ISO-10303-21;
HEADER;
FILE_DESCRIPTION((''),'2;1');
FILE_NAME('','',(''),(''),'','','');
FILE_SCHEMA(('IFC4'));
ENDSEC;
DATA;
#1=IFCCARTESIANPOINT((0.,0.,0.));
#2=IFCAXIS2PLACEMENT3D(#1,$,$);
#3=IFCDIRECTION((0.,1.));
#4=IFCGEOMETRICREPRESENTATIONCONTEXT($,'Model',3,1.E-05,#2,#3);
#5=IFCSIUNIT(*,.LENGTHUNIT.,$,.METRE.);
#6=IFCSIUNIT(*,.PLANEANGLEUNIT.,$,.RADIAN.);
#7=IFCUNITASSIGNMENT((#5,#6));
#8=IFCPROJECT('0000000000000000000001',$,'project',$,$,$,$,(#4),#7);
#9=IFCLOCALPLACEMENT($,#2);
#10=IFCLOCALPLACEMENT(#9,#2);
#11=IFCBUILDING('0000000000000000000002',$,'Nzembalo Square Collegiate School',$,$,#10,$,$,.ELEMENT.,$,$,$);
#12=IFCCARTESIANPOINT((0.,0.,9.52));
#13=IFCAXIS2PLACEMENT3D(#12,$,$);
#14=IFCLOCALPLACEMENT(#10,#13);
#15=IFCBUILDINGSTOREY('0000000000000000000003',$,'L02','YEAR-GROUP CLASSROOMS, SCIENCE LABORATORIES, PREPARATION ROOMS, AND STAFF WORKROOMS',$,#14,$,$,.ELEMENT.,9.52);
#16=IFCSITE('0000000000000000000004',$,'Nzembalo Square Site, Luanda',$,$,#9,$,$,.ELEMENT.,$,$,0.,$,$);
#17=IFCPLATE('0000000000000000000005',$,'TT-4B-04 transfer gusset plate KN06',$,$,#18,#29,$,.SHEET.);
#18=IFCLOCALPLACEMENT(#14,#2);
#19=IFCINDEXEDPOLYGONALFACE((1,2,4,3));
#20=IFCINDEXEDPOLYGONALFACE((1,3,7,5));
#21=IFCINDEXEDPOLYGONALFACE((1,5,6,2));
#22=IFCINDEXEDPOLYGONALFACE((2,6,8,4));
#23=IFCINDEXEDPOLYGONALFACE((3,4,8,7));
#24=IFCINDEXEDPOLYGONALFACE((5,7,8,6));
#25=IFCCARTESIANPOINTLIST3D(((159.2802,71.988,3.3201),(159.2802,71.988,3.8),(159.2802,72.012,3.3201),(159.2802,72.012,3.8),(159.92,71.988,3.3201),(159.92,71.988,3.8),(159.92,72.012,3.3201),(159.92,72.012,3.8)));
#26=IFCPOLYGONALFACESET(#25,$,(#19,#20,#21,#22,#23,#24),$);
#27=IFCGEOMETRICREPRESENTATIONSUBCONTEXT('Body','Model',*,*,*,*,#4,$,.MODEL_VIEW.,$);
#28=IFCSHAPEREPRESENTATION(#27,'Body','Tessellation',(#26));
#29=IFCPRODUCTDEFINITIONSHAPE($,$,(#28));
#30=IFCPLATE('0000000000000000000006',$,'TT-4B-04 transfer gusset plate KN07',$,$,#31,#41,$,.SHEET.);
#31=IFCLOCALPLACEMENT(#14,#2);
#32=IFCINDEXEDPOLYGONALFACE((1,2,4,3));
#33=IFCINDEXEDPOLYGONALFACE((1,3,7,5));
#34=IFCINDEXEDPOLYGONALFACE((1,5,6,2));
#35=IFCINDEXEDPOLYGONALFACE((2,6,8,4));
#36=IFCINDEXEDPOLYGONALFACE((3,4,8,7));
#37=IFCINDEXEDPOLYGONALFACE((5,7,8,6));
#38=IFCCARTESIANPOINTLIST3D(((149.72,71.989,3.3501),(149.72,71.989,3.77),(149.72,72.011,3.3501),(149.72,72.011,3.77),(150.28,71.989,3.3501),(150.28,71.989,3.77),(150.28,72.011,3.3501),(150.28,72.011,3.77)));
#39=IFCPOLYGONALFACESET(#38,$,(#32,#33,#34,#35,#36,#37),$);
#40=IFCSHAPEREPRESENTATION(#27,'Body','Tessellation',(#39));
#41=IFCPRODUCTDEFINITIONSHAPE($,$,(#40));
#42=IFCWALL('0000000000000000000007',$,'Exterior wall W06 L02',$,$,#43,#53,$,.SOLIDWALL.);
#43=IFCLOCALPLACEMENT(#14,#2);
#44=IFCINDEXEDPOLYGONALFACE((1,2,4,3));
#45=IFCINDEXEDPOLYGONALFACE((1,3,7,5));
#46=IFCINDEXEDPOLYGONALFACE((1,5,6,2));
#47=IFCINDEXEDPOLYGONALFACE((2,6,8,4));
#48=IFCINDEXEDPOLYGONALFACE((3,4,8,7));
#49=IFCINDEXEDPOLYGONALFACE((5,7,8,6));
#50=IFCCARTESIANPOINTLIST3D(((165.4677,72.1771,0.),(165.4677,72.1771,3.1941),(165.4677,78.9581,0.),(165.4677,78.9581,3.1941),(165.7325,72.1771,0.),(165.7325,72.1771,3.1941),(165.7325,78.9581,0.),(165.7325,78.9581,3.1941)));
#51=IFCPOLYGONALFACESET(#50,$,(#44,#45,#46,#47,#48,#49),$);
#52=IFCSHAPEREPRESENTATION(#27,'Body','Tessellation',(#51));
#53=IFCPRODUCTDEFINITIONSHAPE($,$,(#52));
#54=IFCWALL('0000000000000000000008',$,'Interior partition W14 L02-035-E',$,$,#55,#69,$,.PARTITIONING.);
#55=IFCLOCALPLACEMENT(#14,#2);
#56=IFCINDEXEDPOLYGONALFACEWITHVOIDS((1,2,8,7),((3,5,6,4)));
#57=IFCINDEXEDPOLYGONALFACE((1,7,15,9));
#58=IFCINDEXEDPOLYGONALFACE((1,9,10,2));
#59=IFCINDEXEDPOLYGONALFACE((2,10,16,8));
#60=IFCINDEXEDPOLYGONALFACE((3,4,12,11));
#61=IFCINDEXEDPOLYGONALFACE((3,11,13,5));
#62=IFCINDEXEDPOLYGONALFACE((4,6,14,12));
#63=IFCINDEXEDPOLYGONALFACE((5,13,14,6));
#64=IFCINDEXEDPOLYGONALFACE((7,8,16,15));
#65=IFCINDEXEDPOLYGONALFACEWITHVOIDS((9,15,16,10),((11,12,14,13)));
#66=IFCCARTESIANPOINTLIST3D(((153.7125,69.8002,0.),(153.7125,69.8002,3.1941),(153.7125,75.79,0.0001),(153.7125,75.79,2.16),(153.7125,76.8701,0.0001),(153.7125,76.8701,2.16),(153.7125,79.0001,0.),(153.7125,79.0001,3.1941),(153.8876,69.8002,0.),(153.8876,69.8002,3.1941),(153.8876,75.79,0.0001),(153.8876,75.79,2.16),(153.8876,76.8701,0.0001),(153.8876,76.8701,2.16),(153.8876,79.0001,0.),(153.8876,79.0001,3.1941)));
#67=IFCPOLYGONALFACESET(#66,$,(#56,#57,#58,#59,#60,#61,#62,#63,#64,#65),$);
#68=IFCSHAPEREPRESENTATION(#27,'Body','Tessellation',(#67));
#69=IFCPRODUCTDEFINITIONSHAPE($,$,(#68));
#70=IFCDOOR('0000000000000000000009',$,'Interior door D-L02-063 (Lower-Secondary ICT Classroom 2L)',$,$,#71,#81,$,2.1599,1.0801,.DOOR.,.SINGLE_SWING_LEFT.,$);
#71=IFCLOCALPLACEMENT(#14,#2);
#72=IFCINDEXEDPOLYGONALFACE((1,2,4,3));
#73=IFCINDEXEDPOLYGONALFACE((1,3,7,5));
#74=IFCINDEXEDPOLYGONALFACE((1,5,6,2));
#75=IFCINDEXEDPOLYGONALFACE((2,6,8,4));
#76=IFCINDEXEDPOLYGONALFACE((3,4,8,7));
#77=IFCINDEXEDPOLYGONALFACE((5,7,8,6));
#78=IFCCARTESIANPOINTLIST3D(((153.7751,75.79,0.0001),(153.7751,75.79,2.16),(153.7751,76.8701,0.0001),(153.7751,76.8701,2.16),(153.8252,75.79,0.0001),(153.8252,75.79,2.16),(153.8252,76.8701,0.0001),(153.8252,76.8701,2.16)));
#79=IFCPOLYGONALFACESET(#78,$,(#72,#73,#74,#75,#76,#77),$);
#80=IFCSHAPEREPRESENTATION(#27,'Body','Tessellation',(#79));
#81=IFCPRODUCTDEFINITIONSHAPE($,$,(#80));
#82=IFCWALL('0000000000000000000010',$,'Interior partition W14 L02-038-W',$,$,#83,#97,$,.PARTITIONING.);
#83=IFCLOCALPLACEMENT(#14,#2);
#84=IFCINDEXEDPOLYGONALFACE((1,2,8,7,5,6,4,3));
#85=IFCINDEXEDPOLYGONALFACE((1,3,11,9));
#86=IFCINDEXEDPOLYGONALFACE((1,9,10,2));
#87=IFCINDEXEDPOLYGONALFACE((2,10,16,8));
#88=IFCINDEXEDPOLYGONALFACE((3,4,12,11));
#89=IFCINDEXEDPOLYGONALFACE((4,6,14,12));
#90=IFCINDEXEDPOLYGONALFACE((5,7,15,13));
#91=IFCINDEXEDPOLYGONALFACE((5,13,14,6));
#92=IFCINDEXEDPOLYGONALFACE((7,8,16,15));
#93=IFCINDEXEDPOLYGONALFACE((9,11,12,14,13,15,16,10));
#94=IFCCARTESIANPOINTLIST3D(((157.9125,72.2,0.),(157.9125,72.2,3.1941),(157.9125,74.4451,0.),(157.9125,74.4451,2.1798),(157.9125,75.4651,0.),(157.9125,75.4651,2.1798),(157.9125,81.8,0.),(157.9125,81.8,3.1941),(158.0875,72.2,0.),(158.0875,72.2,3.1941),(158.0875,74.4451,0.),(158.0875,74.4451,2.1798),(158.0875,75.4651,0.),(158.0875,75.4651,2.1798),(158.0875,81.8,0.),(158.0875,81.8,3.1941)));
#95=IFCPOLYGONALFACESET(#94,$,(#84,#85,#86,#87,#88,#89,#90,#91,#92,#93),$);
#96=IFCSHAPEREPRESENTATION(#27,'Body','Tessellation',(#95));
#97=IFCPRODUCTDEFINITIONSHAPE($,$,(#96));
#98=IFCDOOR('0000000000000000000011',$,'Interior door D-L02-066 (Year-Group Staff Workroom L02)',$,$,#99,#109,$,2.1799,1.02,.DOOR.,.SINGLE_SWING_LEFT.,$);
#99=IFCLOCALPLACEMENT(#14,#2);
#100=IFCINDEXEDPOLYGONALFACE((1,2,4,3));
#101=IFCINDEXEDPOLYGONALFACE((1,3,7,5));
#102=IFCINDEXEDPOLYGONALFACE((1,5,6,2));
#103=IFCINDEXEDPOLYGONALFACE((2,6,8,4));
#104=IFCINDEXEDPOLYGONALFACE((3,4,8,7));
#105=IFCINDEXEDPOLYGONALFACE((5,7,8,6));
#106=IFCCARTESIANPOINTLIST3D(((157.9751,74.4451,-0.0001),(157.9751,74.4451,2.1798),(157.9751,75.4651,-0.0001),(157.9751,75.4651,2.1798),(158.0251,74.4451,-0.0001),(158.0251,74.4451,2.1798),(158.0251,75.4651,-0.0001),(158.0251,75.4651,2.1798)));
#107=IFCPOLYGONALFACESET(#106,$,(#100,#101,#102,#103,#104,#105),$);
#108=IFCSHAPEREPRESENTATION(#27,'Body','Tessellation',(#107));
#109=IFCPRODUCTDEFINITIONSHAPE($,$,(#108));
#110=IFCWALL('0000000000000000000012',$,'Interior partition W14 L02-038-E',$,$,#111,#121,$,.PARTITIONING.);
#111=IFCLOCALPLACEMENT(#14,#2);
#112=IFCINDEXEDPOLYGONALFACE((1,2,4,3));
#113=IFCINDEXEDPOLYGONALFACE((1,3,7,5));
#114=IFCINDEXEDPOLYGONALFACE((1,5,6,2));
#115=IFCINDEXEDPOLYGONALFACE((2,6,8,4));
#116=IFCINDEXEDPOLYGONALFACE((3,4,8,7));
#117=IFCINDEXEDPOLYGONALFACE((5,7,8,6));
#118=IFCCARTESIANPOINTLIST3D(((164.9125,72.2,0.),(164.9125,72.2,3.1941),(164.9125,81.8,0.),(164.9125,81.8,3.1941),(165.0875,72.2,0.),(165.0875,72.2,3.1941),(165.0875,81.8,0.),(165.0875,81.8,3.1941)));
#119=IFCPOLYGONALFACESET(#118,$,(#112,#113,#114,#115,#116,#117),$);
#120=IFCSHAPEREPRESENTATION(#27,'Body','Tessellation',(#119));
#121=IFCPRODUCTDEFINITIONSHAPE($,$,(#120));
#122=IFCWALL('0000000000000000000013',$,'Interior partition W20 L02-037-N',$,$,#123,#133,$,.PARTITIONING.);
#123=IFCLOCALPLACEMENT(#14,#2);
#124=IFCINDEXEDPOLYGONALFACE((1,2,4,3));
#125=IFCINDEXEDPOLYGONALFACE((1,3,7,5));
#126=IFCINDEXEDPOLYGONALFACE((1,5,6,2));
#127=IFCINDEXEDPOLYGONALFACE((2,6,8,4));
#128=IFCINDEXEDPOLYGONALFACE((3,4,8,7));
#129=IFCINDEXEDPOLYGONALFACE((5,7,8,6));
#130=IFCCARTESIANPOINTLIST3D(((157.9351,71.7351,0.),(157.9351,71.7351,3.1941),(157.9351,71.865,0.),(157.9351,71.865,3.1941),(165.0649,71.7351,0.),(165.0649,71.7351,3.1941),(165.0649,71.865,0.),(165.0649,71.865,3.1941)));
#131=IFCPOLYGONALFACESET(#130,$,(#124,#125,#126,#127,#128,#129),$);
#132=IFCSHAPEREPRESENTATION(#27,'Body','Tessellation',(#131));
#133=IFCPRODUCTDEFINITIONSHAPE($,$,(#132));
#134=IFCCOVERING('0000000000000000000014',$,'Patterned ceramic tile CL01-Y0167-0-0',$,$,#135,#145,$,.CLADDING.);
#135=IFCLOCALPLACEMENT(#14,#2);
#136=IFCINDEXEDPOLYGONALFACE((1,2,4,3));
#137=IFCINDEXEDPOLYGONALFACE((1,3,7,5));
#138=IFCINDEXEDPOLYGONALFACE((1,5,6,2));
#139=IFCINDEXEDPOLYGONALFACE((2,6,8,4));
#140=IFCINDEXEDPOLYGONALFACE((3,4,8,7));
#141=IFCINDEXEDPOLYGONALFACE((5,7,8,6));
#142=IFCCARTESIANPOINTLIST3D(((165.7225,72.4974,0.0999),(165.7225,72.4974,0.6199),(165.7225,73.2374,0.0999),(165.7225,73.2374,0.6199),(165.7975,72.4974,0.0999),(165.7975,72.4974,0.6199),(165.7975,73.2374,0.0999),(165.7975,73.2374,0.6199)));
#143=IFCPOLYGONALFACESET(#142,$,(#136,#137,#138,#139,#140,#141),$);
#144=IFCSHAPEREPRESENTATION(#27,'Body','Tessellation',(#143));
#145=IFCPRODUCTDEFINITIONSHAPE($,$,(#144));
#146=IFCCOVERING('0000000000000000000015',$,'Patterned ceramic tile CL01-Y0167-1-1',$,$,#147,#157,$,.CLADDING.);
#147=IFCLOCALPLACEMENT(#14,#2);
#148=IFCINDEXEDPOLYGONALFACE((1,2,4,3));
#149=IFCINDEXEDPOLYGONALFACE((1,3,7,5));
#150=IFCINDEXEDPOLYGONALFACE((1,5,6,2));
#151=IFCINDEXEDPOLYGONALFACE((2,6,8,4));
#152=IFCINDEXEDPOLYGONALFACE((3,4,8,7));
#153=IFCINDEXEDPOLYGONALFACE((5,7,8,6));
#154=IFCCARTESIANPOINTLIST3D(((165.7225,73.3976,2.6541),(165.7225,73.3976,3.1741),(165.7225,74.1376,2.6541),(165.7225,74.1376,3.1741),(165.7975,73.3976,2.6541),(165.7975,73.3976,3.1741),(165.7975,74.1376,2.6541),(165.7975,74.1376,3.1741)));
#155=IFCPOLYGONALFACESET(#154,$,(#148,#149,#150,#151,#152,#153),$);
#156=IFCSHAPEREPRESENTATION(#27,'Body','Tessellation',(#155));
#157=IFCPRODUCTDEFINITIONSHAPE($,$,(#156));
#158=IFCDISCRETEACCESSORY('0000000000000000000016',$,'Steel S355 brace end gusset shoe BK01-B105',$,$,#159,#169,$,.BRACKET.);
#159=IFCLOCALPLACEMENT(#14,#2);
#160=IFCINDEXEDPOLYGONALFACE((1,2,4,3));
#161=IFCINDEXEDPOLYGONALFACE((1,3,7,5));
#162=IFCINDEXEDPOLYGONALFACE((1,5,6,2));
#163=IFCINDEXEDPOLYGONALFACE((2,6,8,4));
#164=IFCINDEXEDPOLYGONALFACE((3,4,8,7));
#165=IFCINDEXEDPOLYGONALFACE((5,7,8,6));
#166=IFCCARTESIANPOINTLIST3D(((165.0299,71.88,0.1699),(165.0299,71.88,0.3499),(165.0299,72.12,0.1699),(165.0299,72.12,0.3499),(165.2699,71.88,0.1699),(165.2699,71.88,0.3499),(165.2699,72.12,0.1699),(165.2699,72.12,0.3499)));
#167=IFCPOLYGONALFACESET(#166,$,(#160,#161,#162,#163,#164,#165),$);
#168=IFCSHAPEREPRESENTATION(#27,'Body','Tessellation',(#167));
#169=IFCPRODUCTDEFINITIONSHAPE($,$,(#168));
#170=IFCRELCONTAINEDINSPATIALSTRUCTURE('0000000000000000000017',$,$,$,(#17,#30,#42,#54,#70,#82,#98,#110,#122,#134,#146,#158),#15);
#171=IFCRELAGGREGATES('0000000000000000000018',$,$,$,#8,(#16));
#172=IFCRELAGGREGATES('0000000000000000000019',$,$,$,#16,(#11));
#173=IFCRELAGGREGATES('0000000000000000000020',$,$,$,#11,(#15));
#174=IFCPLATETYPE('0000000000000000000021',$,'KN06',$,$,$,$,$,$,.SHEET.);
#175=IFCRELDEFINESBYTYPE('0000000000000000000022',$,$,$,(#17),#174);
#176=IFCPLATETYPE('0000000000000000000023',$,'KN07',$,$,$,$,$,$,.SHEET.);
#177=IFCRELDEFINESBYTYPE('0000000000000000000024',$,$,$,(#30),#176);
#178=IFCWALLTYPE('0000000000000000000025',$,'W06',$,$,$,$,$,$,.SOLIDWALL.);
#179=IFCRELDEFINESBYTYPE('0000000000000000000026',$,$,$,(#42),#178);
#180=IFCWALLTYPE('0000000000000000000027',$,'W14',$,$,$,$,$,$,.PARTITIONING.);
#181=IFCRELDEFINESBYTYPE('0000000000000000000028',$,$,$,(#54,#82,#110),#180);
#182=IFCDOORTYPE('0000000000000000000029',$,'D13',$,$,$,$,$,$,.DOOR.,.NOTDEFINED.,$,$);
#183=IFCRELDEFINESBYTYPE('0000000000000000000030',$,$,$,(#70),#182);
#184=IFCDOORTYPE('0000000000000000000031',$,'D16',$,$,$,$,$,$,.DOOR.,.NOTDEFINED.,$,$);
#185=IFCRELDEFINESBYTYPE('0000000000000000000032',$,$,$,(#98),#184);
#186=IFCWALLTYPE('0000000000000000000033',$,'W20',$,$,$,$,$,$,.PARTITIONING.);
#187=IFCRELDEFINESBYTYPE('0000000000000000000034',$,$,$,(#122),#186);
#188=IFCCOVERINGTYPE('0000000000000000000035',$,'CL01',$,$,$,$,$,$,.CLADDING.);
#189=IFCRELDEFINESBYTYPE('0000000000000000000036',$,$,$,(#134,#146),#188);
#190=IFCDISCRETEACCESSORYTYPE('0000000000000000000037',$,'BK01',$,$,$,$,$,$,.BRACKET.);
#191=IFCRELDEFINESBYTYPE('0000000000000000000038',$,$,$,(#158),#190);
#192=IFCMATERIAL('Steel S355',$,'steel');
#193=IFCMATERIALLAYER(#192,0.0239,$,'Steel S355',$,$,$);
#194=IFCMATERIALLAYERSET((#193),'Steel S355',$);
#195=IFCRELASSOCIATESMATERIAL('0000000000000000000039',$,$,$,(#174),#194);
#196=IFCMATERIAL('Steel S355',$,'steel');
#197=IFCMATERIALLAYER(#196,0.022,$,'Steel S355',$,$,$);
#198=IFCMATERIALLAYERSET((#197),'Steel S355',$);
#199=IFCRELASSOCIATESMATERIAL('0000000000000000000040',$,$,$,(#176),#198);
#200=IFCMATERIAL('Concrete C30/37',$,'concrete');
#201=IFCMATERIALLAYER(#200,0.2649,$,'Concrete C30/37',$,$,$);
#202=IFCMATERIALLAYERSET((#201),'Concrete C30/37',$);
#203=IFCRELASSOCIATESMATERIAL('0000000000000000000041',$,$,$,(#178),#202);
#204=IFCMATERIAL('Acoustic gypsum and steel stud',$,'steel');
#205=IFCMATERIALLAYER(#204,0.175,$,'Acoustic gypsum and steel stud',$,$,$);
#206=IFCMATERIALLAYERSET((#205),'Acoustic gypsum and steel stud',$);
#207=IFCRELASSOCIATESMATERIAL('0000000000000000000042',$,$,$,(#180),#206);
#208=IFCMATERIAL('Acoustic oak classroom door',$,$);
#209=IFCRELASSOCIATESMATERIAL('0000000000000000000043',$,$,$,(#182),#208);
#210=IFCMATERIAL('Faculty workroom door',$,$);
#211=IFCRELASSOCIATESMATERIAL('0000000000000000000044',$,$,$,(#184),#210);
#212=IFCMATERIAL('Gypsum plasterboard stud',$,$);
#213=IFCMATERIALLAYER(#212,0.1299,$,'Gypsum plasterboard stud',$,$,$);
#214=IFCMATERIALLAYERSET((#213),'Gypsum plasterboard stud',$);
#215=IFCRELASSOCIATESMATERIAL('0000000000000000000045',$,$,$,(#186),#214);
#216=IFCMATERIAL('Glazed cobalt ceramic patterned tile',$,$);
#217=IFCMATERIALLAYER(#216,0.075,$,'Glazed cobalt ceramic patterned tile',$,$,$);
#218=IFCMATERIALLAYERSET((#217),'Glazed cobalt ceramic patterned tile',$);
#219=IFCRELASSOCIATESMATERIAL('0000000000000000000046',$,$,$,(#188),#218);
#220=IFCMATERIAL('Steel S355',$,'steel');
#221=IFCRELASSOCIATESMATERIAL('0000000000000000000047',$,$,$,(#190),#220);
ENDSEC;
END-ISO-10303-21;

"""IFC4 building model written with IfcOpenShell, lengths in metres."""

from ifc_helpers import new_model, si_unit, direction, frame, frame_2d, origin, origin_2d, place, context, subcontext, project, spatial, rectangle, extrude, material, layer, layer_set, type_object, element, fill, save


model = new_model("IFC4")

# Units and contexts
model_context = context("Model", 3, precision=1e-05, world=origin(), true_north=direction((0.0, 1.0)))
body_context = subcontext(model_context, "Body", "Model", "MODEL_VIEW")
ifc_project = project(units=[si_unit("LENGTHUNIT", "METRE"), si_unit("PLANEANGLEUNIT", "RADIAN")], contexts=[model_context])

# Site, building, storey
site_placement = place(None, origin())
site = spatial("IfcSite", under=ifc_project, at=site_placement, Name="Nzembalo Square Site, Luanda", CompositionType="ELEMENT", RefElevation=0.0)
building_placement = place(site_placement, origin())
building = spatial("IfcBuilding", under=site, at=building_placement, Name="Nzembalo Square Collegiate School", CompositionType="ELEMENT")
storey_placement = place(building_placement, frame((0.0, 0.0, 9.52)))
storey = spatial("IfcBuildingStorey", under=building, at=storey_placement, Name="L02", Description="YEAR-GROUP CLASSROOMS, SCIENCE LABORATORIES, PREPARATION ROOMS, AND STAFF WORKROOMS", CompositionType="ELEMENT", Elevation=9.52)

# Plates
ifc_material_1 = material(Name="Steel S355", Category="steel")
ifc_layer_1 = layer(ifc_material_1, 0.0239, Name="Steel S355")
ifc_layer_set_1 = layer_set([ifc_layer_1], Name="Steel S355")
plate_type_1 = type_object("IfcPlateType", Name="KN06", PredefinedType="SHEET", material=ifc_layer_set_1)
plate_1_placement = place(storey_placement, frame((159.6001, 72.0, 3.3201), z_axis=(0.0, 0.0, 1.0), x_axis=(1.0, 0.0, 0.0)))
element("IfcPlate", 1, at=plate_1_placement, inside=storey, type_object=plate_type_1, Name="TT-4B-04 transfer gusset plate KN06", PredefinedType="SHEET", context=body_context, shape_type="SweptSolid", body=[
    extrude(rectangle(XDim=0.6399, YDim=0.0239, at=origin_2d()), origin(), (0.0, 0.0, 1.0), 0.48),
])
ifc_material_2 = material(Name="Steel S355", Category="steel")
ifc_layer_2 = layer(ifc_material_2, 0.022, Name="Steel S355")
ifc_layer_set_2 = layer_set([ifc_layer_2], Name="Steel S355")
plate_type_2 = type_object("IfcPlateType", Name="KN07", PredefinedType="SHEET", material=ifc_layer_set_2)
plate_2_placement = place(storey_placement, frame((150.0, 72.0, 3.3501), z_axis=(0.0, 0.0, 1.0), x_axis=(1.0, 0.0, 0.0)))
element("IfcPlate", 2, at=plate_2_placement, inside=storey, type_object=plate_type_2, Name="TT-4B-04 transfer gusset plate KN07", PredefinedType="SHEET", context=body_context, shape_type="SweptSolid", body=[
    extrude(rectangle(XDim=0.5601, YDim=0.022, at=origin_2d()), origin(), (0.0, 0.0, 1.0), 0.4199),
])

# Wall
ifc_material_3 = material(Name="Concrete C30/37", Category="concrete")
ifc_layer_3 = layer(ifc_material_3, 0.2649, Name="Concrete C30/37")
ifc_layer_set_3 = layer_set([ifc_layer_3], Name="Concrete C30/37")
wall_type_1 = type_object("IfcWallType", Name="W06", PredefinedType="SOLIDWALL", material=ifc_layer_set_3)
wall_1_placement = place(storey_placement, frame((165.6001, 72.177, 0.0), z_axis=(0.0, 0.0, 1.0), x_axis=(0.0, 1.0, 0.0)))
element("IfcWall", 3, at=wall_1_placement, inside=storey, type_object=wall_type_1, Name="Exterior wall W06 L02", PredefinedType="SOLIDWALL", context=body_context, shape_type="SweptSolid", body=[
    extrude(rectangle(XDim=6.781, YDim=0.2649, at=frame_2d((3.3906, 0.0))), origin(), (0.0, 0.0, 1.0), 3.1941),
])

# Walls, openings, doors
ifc_material_4 = material(Name="Acoustic gypsum and steel stud", Category="steel")
ifc_layer_4 = layer(ifc_material_4, 0.175, Name="Acoustic gypsum and steel stud")
ifc_layer_set_4 = layer_set([ifc_layer_4], Name="Acoustic gypsum and steel stud")
wall_type_2 = type_object("IfcWallType", Name="W14", PredefinedType="PARTITIONING", material=ifc_layer_set_4)
wall_2_placement = place(storey_placement, frame((153.8, 69.8, 0.0), z_axis=(0.0, 0.0, 1.0), x_axis=(0.0, 1.0, 0.0)))
wall_2 = element("IfcWall", 4, at=wall_2_placement, inside=storey, type_object=wall_type_2, Name="Interior partition W14 L02-035-E", PredefinedType="PARTITIONING", context=body_context, shape_type="SweptSolid", body=[
    extrude(rectangle(XDim=9.2, YDim=0.175, at=frame_2d((4.6001, 0.0))), origin(), (0.0, 0.0, 1.0), 3.1941),
])
opening_1_placement = place(wall_2_placement, frame((5.99, 0.0, 0.0)))
opening_1 = element("IfcOpeningElement", 5, at=opening_1_placement, cuts=wall_2, PredefinedType="OPENING", context=body_context, shape_type="SweptSolid", body=[
    extrude(rectangle(XDim=1.0801, YDim=2.1599, at=frame_2d((0.54, 1.0801))), frame((0.0, 0.0977, 0.0), z_axis=(0.0, -1.0, 0.0), x_axis=(1.0, 0.0, 0.0)), (0.0, 0.0, 1.0), 0.1951),
])
ifc_material_5 = material(Name="Acoustic oak classroom door")
door_type_1 = type_object("IfcDoorType", Name="D13", OperationType="NOTDEFINED", PredefinedType="DOOR", material=ifc_material_5)
door_1_placement = place(opening_1_placement, origin())
door_1 = element("IfcDoor", 6, at=door_1_placement, inside=storey, type_object=door_type_1, Name="Interior door D-L02-063 (Lower-Secondary ICT Classroom 2L)", OperationType="SINGLE_SWING_LEFT", OverallHeight=2.1599, OverallWidth=1.0801, PredefinedType="DOOR", context=body_context, shape_type="SweptSolid", body=[
    extrude(rectangle(XDim=1.0801, YDim=2.1599, at=frame_2d((0.54, 1.0801))), frame((0.0, 0.0249, 0.0), z_axis=(0.0, -1.0, 0.0), x_axis=(1.0, 0.0, 0.0)), (0.0, 0.0, 1.0), 0.05),
])
fill(opening_1, door_1)
wall_3_placement = place(storey_placement, frame((158.0, 72.2, 0.0), z_axis=(0.0, 0.0, 1.0), x_axis=(0.0, 1.0, 0.0)))
wall_3 = element("IfcWall", 7, at=wall_3_placement, inside=storey, type_object=wall_type_2, Name="Interior partition W14 L02-038-W", PredefinedType="PARTITIONING", context=body_context, shape_type="SweptSolid", body=[
    extrude(rectangle(XDim=9.6001, YDim=0.175, at=frame_2d((4.8, 0.0))), origin(), (0.0, 0.0, 1.0), 3.1941),
])
opening_2_placement = place(wall_3_placement, frame((2.2451, 0.0, 0.0)))
opening_2 = element("IfcOpeningElement", 8, at=opening_2_placement, cuts=wall_3, PredefinedType="OPENING", context=body_context, shape_type="SweptSolid", body=[
    extrude(rectangle(XDim=1.02, YDim=2.1799, at=frame_2d((0.51, 1.0898))), frame((0.0, 0.0977, 0.0), z_axis=(0.0, -1.0, 0.0), x_axis=(1.0, 0.0, 0.0)), (0.0, 0.0, 1.0), 0.1951),
])
ifc_material_6 = material(Name="Faculty workroom door")
door_type_2 = type_object("IfcDoorType", Name="D16", OperationType="NOTDEFINED", PredefinedType="DOOR", material=ifc_material_6)
door_2_placement = place(opening_2_placement, origin())
door_2 = element("IfcDoor", 9, at=door_2_placement, inside=storey, type_object=door_type_2, Name="Interior door D-L02-066 (Year-Group Staff Workroom L02)", OperationType="SINGLE_SWING_LEFT", OverallHeight=2.1799, OverallWidth=1.02, PredefinedType="DOOR", context=body_context, shape_type="SweptSolid", body=[
    extrude(rectangle(XDim=1.02, YDim=2.1799, at=frame_2d((0.51, 1.0898))), frame((0.0, 0.0249, 0.0), z_axis=(0.0, -1.0, 0.0), x_axis=(1.0, 0.0, 0.0)), (0.0, 0.0, 1.0), 0.05),
])
fill(opening_2, door_2)

# Walls
wall_4_placement = place(storey_placement, frame((165.0, 72.2, 0.0), z_axis=(0.0, 0.0, 1.0), x_axis=(0.0, 1.0, 0.0)))
element("IfcWall", 10, at=wall_4_placement, inside=storey, type_object=wall_type_2, Name="Interior partition W14 L02-038-E", PredefinedType="PARTITIONING", context=body_context, shape_type="SweptSolid", body=[
    extrude(rectangle(XDim=9.6001, YDim=0.175, at=frame_2d((4.8, 0.0))), origin(), (0.0, 0.0, 1.0), 3.1941),
])
ifc_material_7 = material(Name="Gypsum plasterboard stud")
ifc_layer_5 = layer(ifc_material_7, 0.1299, Name="Gypsum plasterboard stud")
ifc_layer_set_5 = layer_set([ifc_layer_5], Name="Gypsum plasterboard stud")
wall_type_3 = type_object("IfcWallType", Name="W20", PredefinedType="PARTITIONING", material=ifc_layer_set_5)
wall_5_placement = place(storey_placement, frame((157.9351, 71.8, 0.0), z_axis=(0.0, 0.0, 1.0), x_axis=(1.0, 0.0, 0.0)))
element("IfcWall", 11, at=wall_5_placement, inside=storey, type_object=wall_type_3, Name="Interior partition W20 L02-037-N", PredefinedType="PARTITIONING", context=body_context, shape_type="SweptSolid", body=[
    extrude(rectangle(XDim=7.1299, YDim=0.1299, at=frame_2d((3.5649, 0.0))), origin(), (0.0, 0.0, 1.0), 3.1941),
])

# Coverings
ifc_material_8 = material(Name="Glazed cobalt ceramic patterned tile")
ifc_layer_6 = layer(ifc_material_8, 0.075, Name="Glazed cobalt ceramic patterned tile")
ifc_layer_set_6 = layer_set([ifc_layer_6], Name="Glazed cobalt ceramic patterned tile")
covering_type = type_object("IfcCoveringType", Name="CL01", PredefinedType="CLADDING", material=ifc_layer_set_6)
for number, where, z_axis, x_axis, name in (
    (12, (165.76, 72.8674, 0.0999), (0.0, 0.0, 1.0), (1.0, 0.0, 0.0), "Patterned ceramic tile CL01-Y0167-0-0"),
    (13, (165.76, 73.7676, 2.6541), (0.0, 0.0, 1.0), (1.0, 0.0, 0.0), "Patterned ceramic tile CL01-Y0167-1-1"),
):
    element("IfcCovering", number, at=place(storey_placement, frame(where, z_axis=z_axis, x_axis=x_axis)), inside=storey, type_object=covering_type, Name=name, PredefinedType="CLADDING", context=body_context, shape_type="SweptSolid", body=[
        extrude(rectangle(XDim=0.075, YDim=0.74, at=origin_2d()), origin(), (0.0, 0.0, 1.0), 0.52),
    ])

# Discrete accessory
ifc_material_9 = material(Name="Steel S355", Category="steel")
discrete_accessory_type = type_object("IfcDiscreteAccessoryType", Name="BK01", PredefinedType="BRACKET", material=ifc_material_9)
discrete_accessory_placement = place(storey_placement, frame((165.1499, 72.0, 0.1699), z_axis=(0.0, 0.0, 1.0), x_axis=(1.0, 0.0, 0.0)))
element("IfcDiscreteAccessory", 14, at=discrete_accessory_placement, inside=storey, type_object=discrete_accessory_type, Name="Steel S355 brace end gusset shoe BK01-B105", PredefinedType="BRACKET", context=body_context, shape_type="SweptSolid", body=[
    extrude(rectangle(XDim=0.24, YDim=0.24, at=origin_2d()), origin(), (0.0, 0.0, 1.0), 0.1799),
])

save(model, "model.ifc")
